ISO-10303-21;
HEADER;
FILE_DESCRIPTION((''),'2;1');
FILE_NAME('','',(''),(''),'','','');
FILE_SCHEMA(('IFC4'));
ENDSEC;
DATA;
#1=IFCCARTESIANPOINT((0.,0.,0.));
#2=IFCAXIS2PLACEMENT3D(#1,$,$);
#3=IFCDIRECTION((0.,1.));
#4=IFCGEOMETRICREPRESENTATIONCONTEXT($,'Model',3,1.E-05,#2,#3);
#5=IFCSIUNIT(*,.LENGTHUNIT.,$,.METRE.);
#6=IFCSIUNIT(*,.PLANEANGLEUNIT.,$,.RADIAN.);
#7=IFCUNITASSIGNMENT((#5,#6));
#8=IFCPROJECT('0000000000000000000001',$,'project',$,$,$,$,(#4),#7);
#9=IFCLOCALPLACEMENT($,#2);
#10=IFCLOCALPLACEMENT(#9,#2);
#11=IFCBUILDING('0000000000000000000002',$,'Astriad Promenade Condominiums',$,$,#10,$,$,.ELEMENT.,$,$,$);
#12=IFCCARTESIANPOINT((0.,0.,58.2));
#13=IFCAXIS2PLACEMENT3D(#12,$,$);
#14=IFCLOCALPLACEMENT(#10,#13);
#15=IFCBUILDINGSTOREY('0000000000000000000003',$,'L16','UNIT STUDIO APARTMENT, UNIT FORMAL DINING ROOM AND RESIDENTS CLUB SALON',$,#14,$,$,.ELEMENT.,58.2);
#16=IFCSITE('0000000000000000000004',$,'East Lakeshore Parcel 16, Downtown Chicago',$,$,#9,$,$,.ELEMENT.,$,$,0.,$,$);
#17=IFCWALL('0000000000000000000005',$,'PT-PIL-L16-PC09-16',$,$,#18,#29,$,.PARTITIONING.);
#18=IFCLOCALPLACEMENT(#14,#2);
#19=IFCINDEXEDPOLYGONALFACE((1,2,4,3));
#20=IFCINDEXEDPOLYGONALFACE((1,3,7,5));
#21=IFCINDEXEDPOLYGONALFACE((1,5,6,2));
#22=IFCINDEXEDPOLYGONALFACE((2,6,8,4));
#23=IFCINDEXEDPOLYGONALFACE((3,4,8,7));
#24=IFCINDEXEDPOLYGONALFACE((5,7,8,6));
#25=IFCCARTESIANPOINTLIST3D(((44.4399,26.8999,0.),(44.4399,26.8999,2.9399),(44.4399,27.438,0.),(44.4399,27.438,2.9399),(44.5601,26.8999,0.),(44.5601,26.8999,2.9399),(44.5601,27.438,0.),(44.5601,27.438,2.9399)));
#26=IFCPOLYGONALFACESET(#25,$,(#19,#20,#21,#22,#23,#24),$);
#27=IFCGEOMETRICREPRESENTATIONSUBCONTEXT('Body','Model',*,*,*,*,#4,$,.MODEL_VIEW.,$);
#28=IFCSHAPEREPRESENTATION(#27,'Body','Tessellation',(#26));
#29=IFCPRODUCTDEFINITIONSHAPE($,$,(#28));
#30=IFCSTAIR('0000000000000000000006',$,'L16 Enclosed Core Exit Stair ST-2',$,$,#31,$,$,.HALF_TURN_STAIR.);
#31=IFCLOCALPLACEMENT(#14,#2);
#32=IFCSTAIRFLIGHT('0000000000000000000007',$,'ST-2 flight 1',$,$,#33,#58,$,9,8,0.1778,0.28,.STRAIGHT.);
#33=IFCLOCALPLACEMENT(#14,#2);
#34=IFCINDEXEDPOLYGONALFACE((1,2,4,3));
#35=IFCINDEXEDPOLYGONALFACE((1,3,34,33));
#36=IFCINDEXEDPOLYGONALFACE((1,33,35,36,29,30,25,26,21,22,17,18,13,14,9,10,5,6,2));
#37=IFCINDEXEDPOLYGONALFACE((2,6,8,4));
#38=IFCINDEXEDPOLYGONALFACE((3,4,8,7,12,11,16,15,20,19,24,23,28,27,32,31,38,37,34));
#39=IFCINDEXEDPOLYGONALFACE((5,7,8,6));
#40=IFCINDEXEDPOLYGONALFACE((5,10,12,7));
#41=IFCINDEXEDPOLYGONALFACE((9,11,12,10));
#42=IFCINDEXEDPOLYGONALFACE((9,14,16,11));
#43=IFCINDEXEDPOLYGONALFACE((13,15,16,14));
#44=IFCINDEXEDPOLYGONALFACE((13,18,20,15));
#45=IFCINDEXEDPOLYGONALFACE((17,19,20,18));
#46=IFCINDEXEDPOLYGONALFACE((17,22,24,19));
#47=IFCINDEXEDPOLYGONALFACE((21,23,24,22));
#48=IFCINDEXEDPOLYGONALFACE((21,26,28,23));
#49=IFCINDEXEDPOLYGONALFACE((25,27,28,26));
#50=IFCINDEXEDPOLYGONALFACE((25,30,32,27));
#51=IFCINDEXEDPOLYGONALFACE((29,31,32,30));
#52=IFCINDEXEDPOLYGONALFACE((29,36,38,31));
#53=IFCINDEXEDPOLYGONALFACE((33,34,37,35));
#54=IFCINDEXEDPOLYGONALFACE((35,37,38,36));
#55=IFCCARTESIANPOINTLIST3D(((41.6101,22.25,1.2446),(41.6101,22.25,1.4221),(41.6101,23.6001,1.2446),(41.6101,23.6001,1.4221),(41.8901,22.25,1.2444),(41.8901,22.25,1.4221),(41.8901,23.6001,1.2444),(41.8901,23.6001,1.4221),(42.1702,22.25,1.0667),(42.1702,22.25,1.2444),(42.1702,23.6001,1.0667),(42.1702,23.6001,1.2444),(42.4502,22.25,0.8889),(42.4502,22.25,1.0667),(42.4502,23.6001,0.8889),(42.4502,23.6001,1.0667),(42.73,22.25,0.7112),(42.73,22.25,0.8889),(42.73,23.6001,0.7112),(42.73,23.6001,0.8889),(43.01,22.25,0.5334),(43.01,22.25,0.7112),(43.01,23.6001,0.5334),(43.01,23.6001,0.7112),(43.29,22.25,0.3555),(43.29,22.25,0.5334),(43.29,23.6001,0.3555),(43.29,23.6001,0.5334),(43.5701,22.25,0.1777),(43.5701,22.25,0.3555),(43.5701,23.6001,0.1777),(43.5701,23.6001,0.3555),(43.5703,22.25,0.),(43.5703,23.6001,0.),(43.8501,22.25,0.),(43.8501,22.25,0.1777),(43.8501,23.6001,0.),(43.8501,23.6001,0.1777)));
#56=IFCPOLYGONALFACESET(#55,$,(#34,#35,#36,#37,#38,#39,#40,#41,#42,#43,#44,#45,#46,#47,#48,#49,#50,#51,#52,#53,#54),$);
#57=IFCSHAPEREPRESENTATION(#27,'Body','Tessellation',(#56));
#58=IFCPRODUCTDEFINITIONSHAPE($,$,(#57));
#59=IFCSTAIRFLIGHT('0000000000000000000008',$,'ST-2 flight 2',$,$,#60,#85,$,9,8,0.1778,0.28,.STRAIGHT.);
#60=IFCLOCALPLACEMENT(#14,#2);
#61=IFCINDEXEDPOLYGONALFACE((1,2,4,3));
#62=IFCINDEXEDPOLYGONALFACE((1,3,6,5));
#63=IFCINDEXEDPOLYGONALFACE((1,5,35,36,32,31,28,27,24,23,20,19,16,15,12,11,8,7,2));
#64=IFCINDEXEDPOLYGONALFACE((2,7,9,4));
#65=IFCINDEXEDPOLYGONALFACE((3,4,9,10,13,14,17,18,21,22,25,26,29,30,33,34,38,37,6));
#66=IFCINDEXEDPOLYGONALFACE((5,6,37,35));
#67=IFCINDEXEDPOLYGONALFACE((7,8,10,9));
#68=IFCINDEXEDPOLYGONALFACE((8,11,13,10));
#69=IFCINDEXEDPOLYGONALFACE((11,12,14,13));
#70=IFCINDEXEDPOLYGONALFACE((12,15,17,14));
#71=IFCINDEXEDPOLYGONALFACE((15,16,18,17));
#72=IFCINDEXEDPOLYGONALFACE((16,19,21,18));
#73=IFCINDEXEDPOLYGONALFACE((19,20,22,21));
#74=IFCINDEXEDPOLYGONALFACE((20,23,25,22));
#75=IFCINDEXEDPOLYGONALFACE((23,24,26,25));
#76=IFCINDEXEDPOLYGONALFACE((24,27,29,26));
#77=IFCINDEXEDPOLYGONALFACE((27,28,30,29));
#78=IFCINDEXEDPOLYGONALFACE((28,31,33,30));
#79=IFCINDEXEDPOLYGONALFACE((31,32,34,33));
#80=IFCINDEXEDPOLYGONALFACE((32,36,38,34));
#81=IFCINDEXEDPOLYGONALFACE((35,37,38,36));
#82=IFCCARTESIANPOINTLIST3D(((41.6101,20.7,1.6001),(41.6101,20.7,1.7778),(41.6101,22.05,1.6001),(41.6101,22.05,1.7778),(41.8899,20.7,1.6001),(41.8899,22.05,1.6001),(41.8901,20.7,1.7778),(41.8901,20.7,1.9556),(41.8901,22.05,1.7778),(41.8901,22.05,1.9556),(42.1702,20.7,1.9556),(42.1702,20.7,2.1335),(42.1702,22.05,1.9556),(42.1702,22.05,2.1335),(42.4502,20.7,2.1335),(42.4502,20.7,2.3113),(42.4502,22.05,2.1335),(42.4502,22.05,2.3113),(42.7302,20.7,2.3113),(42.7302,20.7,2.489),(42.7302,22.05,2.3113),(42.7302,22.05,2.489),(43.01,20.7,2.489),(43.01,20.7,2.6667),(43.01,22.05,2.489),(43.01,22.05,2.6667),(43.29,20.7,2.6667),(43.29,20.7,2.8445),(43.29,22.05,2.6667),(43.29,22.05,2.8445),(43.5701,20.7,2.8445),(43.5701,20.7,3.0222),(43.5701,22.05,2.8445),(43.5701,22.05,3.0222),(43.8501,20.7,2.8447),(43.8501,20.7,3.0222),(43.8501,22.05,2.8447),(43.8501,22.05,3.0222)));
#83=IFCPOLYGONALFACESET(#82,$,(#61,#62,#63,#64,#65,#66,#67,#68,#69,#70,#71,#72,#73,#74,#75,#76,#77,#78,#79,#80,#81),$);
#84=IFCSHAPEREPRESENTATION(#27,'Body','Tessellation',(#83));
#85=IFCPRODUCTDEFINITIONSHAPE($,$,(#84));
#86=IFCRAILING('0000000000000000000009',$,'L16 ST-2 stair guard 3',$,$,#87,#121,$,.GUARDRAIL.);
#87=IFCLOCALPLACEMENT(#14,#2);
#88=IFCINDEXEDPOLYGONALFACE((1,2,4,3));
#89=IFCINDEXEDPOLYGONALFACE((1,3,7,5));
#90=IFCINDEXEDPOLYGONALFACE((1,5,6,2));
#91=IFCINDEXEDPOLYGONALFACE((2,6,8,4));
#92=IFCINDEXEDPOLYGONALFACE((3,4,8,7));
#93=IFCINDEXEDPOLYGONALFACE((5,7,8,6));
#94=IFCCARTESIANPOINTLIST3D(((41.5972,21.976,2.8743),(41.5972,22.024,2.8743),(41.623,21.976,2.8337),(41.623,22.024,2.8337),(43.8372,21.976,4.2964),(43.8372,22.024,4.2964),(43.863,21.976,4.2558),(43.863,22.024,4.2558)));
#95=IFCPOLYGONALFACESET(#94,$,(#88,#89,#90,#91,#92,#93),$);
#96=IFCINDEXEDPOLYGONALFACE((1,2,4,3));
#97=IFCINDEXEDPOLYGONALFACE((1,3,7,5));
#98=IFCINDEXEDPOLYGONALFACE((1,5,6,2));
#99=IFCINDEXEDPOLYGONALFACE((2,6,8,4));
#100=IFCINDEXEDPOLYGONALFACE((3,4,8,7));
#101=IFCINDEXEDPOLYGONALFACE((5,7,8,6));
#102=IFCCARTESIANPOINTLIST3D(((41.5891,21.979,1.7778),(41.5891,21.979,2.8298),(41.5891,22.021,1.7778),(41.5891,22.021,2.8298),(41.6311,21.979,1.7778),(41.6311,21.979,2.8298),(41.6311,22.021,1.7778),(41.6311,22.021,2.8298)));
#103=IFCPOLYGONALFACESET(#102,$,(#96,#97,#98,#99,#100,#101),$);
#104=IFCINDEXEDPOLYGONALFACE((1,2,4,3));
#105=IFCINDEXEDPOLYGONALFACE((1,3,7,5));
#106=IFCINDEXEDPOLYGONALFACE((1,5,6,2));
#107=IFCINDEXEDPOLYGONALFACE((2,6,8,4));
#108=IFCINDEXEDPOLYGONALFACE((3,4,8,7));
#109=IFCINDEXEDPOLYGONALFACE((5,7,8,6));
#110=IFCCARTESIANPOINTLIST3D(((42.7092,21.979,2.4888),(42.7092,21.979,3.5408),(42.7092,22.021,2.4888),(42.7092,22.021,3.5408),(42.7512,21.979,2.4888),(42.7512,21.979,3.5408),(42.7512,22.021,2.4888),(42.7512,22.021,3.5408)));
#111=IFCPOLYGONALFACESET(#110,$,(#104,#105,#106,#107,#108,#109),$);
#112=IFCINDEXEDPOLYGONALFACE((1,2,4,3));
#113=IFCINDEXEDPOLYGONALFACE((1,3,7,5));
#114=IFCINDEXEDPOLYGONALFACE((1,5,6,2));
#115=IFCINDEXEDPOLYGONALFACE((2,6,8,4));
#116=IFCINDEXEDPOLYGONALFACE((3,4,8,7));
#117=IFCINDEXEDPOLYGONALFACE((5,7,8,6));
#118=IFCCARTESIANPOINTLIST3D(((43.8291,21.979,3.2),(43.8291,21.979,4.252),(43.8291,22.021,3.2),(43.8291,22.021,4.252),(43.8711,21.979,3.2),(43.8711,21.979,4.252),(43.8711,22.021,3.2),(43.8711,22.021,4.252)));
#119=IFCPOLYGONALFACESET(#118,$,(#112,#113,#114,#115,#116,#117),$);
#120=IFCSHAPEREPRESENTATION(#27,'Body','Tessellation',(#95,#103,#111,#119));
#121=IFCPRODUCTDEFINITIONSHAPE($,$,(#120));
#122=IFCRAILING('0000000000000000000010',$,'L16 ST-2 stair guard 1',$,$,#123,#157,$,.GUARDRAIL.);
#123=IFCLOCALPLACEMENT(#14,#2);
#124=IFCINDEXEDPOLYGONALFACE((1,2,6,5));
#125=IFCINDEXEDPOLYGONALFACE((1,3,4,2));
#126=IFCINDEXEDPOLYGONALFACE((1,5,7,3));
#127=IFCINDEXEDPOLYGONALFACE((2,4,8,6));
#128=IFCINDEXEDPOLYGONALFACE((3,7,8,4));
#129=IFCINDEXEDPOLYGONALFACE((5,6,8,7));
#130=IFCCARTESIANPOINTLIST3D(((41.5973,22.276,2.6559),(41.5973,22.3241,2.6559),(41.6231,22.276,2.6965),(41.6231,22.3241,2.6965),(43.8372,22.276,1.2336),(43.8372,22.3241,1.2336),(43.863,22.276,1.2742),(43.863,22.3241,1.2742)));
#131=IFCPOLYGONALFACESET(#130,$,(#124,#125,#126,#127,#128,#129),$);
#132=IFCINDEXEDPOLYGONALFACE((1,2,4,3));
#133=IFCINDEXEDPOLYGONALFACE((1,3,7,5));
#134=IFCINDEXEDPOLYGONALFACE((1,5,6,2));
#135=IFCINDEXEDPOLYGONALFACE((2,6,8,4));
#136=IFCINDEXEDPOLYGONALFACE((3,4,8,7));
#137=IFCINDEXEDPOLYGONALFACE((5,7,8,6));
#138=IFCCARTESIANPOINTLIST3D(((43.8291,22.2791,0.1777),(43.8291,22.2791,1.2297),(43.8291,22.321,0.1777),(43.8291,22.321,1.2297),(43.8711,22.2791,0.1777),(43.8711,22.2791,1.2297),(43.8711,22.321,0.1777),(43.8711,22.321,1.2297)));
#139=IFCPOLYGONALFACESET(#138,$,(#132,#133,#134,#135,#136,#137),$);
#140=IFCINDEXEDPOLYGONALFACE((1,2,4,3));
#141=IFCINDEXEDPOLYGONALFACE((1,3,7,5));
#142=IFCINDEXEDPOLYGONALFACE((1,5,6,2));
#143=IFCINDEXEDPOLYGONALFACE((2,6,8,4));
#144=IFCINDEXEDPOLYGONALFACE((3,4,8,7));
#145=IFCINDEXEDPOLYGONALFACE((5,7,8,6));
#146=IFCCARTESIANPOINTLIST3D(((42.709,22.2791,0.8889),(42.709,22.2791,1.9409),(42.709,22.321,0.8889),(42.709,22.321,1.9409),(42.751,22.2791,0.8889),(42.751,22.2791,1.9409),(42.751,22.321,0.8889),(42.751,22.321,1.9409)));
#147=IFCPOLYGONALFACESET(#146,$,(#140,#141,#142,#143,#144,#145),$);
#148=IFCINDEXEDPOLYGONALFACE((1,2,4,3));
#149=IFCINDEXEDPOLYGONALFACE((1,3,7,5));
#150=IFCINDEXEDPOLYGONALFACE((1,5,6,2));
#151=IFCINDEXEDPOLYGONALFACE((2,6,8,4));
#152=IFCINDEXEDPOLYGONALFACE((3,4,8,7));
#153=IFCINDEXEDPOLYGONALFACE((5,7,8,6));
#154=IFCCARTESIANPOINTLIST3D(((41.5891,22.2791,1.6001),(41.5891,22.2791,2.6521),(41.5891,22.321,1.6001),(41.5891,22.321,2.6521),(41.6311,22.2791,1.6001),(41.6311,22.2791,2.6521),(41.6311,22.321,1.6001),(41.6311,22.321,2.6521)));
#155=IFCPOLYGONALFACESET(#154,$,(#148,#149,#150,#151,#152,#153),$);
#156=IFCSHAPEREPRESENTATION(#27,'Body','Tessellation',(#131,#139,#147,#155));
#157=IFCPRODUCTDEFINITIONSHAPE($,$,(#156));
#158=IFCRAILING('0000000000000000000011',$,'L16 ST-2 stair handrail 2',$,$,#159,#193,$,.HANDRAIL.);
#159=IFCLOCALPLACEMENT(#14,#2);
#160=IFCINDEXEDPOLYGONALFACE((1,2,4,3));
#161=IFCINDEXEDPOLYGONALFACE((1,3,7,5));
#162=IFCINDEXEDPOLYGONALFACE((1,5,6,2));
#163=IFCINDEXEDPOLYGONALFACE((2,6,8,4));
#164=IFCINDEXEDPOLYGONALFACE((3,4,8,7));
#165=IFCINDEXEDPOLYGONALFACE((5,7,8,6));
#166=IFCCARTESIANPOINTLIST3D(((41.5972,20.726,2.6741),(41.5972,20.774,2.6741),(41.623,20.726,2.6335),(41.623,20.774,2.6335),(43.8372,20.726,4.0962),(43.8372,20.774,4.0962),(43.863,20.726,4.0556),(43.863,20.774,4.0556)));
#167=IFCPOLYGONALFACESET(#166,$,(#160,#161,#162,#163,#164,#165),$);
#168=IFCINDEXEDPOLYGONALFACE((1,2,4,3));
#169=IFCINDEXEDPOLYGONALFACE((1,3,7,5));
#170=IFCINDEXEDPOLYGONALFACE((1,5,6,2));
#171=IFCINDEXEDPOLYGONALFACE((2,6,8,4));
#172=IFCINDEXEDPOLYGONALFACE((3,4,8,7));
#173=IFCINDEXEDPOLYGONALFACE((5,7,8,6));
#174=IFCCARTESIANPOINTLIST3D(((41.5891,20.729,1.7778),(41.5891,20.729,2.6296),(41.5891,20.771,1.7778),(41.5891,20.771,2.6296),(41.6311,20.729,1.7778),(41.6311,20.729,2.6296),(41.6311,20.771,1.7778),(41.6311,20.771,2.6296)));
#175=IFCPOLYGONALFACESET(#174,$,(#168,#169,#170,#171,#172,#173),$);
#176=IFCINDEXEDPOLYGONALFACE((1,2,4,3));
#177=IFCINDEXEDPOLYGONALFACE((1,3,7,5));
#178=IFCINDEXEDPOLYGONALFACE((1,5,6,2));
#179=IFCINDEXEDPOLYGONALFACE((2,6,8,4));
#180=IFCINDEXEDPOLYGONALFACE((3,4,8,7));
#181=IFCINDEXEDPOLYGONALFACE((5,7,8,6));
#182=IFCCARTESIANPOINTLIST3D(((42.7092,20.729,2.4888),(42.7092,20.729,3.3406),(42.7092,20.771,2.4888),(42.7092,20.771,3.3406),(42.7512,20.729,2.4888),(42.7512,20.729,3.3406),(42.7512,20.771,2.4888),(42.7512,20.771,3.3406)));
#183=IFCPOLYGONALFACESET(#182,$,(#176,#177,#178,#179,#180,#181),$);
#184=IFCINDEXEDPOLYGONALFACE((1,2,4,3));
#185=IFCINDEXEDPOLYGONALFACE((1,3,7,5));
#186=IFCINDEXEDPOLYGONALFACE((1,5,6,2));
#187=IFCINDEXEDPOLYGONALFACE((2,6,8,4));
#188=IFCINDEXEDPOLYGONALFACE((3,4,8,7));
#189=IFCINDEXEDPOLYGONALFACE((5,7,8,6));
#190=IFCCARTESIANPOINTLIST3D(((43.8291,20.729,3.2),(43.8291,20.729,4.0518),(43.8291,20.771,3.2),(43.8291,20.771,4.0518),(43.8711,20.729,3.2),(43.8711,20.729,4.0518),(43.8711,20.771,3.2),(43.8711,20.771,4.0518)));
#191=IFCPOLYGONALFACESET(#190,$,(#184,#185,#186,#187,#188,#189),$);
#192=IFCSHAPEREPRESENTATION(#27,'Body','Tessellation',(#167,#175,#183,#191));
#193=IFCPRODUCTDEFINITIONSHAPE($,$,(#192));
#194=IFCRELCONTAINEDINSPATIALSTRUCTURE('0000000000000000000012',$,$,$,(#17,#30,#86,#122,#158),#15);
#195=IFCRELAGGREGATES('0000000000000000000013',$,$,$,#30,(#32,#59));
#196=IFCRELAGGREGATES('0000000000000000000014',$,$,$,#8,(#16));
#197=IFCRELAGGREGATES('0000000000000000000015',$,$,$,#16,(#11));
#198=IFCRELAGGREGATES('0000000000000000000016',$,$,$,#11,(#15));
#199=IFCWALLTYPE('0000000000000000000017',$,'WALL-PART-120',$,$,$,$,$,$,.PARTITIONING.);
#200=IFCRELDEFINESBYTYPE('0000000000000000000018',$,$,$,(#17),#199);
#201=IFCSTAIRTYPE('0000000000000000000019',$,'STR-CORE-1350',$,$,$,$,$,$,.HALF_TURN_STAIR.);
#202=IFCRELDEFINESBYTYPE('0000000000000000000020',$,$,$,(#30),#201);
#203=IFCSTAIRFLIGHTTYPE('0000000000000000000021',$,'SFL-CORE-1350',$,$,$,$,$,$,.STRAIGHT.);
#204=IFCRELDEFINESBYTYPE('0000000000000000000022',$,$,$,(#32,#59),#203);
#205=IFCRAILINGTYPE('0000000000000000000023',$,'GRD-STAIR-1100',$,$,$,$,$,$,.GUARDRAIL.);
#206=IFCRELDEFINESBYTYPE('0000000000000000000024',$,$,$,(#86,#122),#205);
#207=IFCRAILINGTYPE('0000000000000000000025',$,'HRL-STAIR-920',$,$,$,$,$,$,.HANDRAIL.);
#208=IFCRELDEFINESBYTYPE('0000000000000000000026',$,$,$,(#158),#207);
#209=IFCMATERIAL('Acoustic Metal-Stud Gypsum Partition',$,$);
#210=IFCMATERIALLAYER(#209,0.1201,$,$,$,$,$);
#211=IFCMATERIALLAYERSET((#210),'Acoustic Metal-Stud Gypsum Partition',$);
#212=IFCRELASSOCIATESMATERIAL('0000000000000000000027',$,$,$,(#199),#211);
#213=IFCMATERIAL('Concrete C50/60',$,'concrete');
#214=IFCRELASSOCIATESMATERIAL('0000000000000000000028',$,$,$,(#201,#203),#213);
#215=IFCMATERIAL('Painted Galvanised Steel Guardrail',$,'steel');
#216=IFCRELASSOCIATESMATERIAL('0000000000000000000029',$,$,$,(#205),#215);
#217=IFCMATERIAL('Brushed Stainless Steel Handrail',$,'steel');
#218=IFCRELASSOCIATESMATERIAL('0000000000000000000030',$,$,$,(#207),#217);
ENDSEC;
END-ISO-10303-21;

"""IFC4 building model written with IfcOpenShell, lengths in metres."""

from ifc_helpers import new_model, si_unit, direction, frame, frame_2d, origin, origin_2d, place, context, subcontext, project, spatial, polyline, rectangle, outline, extrude, source, transform, mapped, material, layer, layer_set, type_object, type_shapes, element, aggregate, save


model = new_model("IFC4")

# Units and contexts
model_context = context("Model", 3, precision=1e-05, world=origin(), true_north=direction((0.0, 1.0)))
body_context = subcontext(model_context, "Body", "Model", "MODEL_VIEW")
ifc_project = project(units=[si_unit("LENGTHUNIT", "METRE"), si_unit("PLANEANGLEUNIT", "RADIAN")], contexts=[model_context])

# Site, building, storey
site_placement = place(None, origin())
site = spatial("IfcSite", under=ifc_project, at=site_placement, Name="East Lakeshore Parcel 16, Downtown Chicago", CompositionType="ELEMENT", RefElevation=0.0)
building_placement = place(site_placement, origin())
building = spatial("IfcBuilding", under=site, at=building_placement, Name="Astriad Promenade Condominiums", CompositionType="ELEMENT")
storey_placement = place(building_placement, frame((0.0, 0.0, 58.2)))
storey = spatial("IfcBuildingStorey", under=building, at=storey_placement, Name="L16", Description="UNIT STUDIO APARTMENT, UNIT FORMAL DINING ROOM AND RESIDENTS CLUB SALON", CompositionType="ELEMENT", Elevation=58.2)

# Shared definitions
ifc_material_1 = material(Name="Concrete C50/60", Category="concrete")

# Wall
ifc_material_2 = material(Name="Acoustic Metal-Stud Gypsum Partition")
ifc_layer_1 = layer(ifc_material_2, 0.1201)
ifc_layer_set_1 = layer_set([ifc_layer_1], Name="Acoustic Metal-Stud Gypsum Partition")
wall_type_1 = type_object("IfcWallType", Name="WALL-PART-120", PredefinedType="PARTITIONING", material=ifc_layer_set_1)
wall_1_placement = place(storey_placement, frame((44.5, 26.8999, 0.0), z_axis=(0.0, 0.0, 1.0), x_axis=(0.0, 1.0, 0.0)))
element("IfcWall", 1, at=wall_1_placement, inside=storey, type_object=wall_type_1, Name="PT-PIL-L16-PC09-16", PredefinedType="PARTITIONING", context=body_context, shape_type="SweptSolid", body=[
    extrude(rectangle(XDim=0.5381, YDim=0.1201, at=frame_2d((0.269, 0.0))), origin(), (0.0, 0.0, 1.0), 2.9399),
])

# Stair, stair flights
stair_type = type_object("IfcStairType", Name="STR-CORE-1350", PredefinedType="HALF_TURN_STAIR", material=ifc_material_1)
stair_placement = place(storey_placement, origin())
stair = element("IfcStair", 2, at=stair_placement, inside=storey, type_object=stair_type, Name="L16 Enclosed Core Exit Stair ST-2", PredefinedType="HALF_TURN_STAIR")
stair_flight_type = type_object("IfcStairFlightType", Name="SFL-CORE-1350", PredefinedType="STRAIGHT", material=ifc_material_1)
shared_shape_1 = source(origin(), body_context, "Body", "SweptSolid", [
    extrude(outline(polyline([(0.0, 0.0), (0.0, 0.1777), (0.28, 0.1777), (0.28, 0.3555), (0.5601, 0.3555), (0.5601, 0.5334), (0.8401, 0.5334), (0.8401, 0.7112), (1.1201, 0.7112), (1.1201, 0.8889), (1.3999, 0.8889), (1.3999, 1.0667), (1.6799, 1.0667), (1.6799, 1.2444), (1.96, 1.2444), (1.96, 1.4221), (2.24, 1.4221), (2.24, 1.6001), (2.24, 1.2446), (0.2798, 0.0), (0.0, 0.0)])), frame((0.0, 0.675, 0.0), z_axis=(0.0, -1.0, 0.0), x_axis=(1.0, 0.0, 0.0)), (0.0, 0.0, 1.0), 1.3501),
])
type_shapes(stair_flight_type, [shared_shape_1])
stair_flight_1_placement = place(storey_placement, frame((43.8501, 22.925, 0.0), z_axis=(0.0, 0.0, 1.0), x_axis=(-1.0, 0.0, 0.0)))
stair_flight_1 = element("IfcStairFlight", 3, at=stair_flight_1_placement, type_object=stair_flight_type, Name="ST-2 flight 1", NumberOfRisers=9, NumberOfTreads=8, PredefinedType="STRAIGHT", RiserHeight=0.1778, TreadLength=0.28, context=body_context, shape_type="MappedRepresentation", body=[
    mapped(shared_shape_1, transform((0.0, 0.0, 0.0), scale=1.0)),
])
stair_flight_2_placement = place(storey_placement, frame((41.6101, 21.375, 1.6001), z_axis=(0.0, 0.0, 1.0), x_axis=(1.0, 0.0, 0.0)))
stair_flight_2 = element("IfcStairFlight", 4, at=stair_flight_2_placement, type_object=stair_flight_type, Name="ST-2 flight 2", NumberOfRisers=9, NumberOfTreads=8, PredefinedType="STRAIGHT", RiserHeight=0.1778, TreadLength=0.28, context=body_context, shape_type="MappedRepresentation", body=[
    mapped(shared_shape_1, transform((0.0, 0.0, 0.0), scale=1.0)),
])
aggregate(stair, [stair_flight_1, stair_flight_2])

# Railings
ifc_material_3 = material(Name="Painted Galvanised Steel Guardrail", Category="steel")
railing_type_1 = type_object("IfcRailingType", Name="GRD-STAIR-1100", PredefinedType="GUARDRAIL", material=ifc_material_3)
shared_shape_2 = source(origin(), body_context, "Body", "SweptSolid", [
    extrude(rectangle(XDim=0.0481, YDim=0.0481, at=origin_2d()), frame((0.0, 0.0, 1.0762), z_axis=(0.844229, 0.0, 0.535982), x_axis=(0.0, 1.0, 0.0)), (0.0, 0.0, 1.0), 2.6533),
    extrude(rectangle(XDim=0.042, YDim=0.042, at=origin_2d()), origin(), (0.0, 0.0, 1.0), 1.052),
    extrude(rectangle(XDim=0.042, YDim=0.042, at=origin_2d()), frame((1.1201, 0.0, 0.7109)), (0.0, 0.0, 1.0), 1.052),
    extrude(rectangle(XDim=0.042, YDim=0.042, at=origin_2d()), frame((2.24, 0.0, 1.4221)), (0.0, 0.0, 1.0), 1.052),
])
railing_1_placement = place(storey_placement, frame((41.6101, 22.0, 1.7778)))
element("IfcRailing", 5, at=railing_1_placement, inside=storey, type_object=railing_type_1, Name="L16 ST-2 stair guard 3", PredefinedType="GUARDRAIL", context=body_context, shape_type="MappedRepresentation", body=[
    mapped(shared_shape_2, transform((0.0, 0.0, 0.0), scale=1.0)),
])
shared_shape_3 = source(origin(), body_context, "Body", "SweptSolid", [
    extrude(rectangle(XDim=0.0481, YDim=0.0481, at=origin_2d()), frame((0.0, 0.0, 1.0762), z_axis=(-0.844188, 0.0, 0.536048), x_axis=(0.0, -1.0, 0.0)), (0.0, 0.0, 1.0), 2.6533),
    extrude(rectangle(XDim=0.042, YDim=0.042, at=origin_2d()), origin(), (0.0, 0.0, 1.0), 1.052),
    extrude(rectangle(XDim=0.042, YDim=0.042, at=origin_2d()), frame((-1.1201, 0.0, 0.7112)), (0.0, 0.0, 1.0), 1.052),
    extrude(rectangle(XDim=0.042, YDim=0.042, at=origin_2d()), frame((-2.24, 0.0, 1.4224)), (0.0, 0.0, 1.0), 1.052),
])
railing_2_placement = place(storey_placement, frame((43.8501, 22.3, 0.1777)))
element("IfcRailing", 6, at=railing_2_placement, inside=storey, type_object=railing_type_1, Name="L16 ST-2 stair guard 1", PredefinedType="GUARDRAIL", context=body_context, shape_type="MappedRepresentation", body=[
    mapped(shared_shape_3, transform((0.0, 0.0, 0.0), scale=1.0)),
])
ifc_material_4 = material(Name="Brushed Stainless Steel Handrail", Category="steel")
railing_type_2 = type_object("IfcRailingType", Name="HRL-STAIR-920", PredefinedType="HANDRAIL", material=ifc_material_4)
shared_shape_4 = source(origin(), body_context, "Body", "SweptSolid", [
    extrude(rectangle(XDim=0.0481, YDim=0.0481, at=origin_2d()), frame((0.0, 0.0, 0.876), z_axis=(0.844229, 0.0, 0.535982), x_axis=(0.0, 1.0, 0.0)), (0.0, 0.0, 1.0), 2.6533),
    extrude(rectangle(XDim=0.042, YDim=0.042, at=origin_2d()), origin(), (0.0, 0.0, 1.0), 0.8518),
    extrude(rectangle(XDim=0.042, YDim=0.042, at=origin_2d()), frame((1.1201, 0.0, 0.7109)), (0.0, 0.0, 1.0), 0.8518),
    extrude(rectangle(XDim=0.042, YDim=0.042, at=origin_2d()), frame((2.24, 0.0, 1.4221)), (0.0, 0.0, 1.0), 0.8518),
])
railing_3_placement = place(storey_placement, frame((41.6101, 20.75, 1.7778)))
element("IfcRailing", 7, at=railing_3_placement, inside=storey, type_object=railing_type_2, Name="L16 ST-2 stair handrail 2", PredefinedType="HANDRAIL", context=body_context, shape_type="MappedRepresentation", body=[
    mapped(shared_shape_4, transform((0.0, 0.0, 0.0), scale=1.0)),
])

save(model, "model.ifc")
